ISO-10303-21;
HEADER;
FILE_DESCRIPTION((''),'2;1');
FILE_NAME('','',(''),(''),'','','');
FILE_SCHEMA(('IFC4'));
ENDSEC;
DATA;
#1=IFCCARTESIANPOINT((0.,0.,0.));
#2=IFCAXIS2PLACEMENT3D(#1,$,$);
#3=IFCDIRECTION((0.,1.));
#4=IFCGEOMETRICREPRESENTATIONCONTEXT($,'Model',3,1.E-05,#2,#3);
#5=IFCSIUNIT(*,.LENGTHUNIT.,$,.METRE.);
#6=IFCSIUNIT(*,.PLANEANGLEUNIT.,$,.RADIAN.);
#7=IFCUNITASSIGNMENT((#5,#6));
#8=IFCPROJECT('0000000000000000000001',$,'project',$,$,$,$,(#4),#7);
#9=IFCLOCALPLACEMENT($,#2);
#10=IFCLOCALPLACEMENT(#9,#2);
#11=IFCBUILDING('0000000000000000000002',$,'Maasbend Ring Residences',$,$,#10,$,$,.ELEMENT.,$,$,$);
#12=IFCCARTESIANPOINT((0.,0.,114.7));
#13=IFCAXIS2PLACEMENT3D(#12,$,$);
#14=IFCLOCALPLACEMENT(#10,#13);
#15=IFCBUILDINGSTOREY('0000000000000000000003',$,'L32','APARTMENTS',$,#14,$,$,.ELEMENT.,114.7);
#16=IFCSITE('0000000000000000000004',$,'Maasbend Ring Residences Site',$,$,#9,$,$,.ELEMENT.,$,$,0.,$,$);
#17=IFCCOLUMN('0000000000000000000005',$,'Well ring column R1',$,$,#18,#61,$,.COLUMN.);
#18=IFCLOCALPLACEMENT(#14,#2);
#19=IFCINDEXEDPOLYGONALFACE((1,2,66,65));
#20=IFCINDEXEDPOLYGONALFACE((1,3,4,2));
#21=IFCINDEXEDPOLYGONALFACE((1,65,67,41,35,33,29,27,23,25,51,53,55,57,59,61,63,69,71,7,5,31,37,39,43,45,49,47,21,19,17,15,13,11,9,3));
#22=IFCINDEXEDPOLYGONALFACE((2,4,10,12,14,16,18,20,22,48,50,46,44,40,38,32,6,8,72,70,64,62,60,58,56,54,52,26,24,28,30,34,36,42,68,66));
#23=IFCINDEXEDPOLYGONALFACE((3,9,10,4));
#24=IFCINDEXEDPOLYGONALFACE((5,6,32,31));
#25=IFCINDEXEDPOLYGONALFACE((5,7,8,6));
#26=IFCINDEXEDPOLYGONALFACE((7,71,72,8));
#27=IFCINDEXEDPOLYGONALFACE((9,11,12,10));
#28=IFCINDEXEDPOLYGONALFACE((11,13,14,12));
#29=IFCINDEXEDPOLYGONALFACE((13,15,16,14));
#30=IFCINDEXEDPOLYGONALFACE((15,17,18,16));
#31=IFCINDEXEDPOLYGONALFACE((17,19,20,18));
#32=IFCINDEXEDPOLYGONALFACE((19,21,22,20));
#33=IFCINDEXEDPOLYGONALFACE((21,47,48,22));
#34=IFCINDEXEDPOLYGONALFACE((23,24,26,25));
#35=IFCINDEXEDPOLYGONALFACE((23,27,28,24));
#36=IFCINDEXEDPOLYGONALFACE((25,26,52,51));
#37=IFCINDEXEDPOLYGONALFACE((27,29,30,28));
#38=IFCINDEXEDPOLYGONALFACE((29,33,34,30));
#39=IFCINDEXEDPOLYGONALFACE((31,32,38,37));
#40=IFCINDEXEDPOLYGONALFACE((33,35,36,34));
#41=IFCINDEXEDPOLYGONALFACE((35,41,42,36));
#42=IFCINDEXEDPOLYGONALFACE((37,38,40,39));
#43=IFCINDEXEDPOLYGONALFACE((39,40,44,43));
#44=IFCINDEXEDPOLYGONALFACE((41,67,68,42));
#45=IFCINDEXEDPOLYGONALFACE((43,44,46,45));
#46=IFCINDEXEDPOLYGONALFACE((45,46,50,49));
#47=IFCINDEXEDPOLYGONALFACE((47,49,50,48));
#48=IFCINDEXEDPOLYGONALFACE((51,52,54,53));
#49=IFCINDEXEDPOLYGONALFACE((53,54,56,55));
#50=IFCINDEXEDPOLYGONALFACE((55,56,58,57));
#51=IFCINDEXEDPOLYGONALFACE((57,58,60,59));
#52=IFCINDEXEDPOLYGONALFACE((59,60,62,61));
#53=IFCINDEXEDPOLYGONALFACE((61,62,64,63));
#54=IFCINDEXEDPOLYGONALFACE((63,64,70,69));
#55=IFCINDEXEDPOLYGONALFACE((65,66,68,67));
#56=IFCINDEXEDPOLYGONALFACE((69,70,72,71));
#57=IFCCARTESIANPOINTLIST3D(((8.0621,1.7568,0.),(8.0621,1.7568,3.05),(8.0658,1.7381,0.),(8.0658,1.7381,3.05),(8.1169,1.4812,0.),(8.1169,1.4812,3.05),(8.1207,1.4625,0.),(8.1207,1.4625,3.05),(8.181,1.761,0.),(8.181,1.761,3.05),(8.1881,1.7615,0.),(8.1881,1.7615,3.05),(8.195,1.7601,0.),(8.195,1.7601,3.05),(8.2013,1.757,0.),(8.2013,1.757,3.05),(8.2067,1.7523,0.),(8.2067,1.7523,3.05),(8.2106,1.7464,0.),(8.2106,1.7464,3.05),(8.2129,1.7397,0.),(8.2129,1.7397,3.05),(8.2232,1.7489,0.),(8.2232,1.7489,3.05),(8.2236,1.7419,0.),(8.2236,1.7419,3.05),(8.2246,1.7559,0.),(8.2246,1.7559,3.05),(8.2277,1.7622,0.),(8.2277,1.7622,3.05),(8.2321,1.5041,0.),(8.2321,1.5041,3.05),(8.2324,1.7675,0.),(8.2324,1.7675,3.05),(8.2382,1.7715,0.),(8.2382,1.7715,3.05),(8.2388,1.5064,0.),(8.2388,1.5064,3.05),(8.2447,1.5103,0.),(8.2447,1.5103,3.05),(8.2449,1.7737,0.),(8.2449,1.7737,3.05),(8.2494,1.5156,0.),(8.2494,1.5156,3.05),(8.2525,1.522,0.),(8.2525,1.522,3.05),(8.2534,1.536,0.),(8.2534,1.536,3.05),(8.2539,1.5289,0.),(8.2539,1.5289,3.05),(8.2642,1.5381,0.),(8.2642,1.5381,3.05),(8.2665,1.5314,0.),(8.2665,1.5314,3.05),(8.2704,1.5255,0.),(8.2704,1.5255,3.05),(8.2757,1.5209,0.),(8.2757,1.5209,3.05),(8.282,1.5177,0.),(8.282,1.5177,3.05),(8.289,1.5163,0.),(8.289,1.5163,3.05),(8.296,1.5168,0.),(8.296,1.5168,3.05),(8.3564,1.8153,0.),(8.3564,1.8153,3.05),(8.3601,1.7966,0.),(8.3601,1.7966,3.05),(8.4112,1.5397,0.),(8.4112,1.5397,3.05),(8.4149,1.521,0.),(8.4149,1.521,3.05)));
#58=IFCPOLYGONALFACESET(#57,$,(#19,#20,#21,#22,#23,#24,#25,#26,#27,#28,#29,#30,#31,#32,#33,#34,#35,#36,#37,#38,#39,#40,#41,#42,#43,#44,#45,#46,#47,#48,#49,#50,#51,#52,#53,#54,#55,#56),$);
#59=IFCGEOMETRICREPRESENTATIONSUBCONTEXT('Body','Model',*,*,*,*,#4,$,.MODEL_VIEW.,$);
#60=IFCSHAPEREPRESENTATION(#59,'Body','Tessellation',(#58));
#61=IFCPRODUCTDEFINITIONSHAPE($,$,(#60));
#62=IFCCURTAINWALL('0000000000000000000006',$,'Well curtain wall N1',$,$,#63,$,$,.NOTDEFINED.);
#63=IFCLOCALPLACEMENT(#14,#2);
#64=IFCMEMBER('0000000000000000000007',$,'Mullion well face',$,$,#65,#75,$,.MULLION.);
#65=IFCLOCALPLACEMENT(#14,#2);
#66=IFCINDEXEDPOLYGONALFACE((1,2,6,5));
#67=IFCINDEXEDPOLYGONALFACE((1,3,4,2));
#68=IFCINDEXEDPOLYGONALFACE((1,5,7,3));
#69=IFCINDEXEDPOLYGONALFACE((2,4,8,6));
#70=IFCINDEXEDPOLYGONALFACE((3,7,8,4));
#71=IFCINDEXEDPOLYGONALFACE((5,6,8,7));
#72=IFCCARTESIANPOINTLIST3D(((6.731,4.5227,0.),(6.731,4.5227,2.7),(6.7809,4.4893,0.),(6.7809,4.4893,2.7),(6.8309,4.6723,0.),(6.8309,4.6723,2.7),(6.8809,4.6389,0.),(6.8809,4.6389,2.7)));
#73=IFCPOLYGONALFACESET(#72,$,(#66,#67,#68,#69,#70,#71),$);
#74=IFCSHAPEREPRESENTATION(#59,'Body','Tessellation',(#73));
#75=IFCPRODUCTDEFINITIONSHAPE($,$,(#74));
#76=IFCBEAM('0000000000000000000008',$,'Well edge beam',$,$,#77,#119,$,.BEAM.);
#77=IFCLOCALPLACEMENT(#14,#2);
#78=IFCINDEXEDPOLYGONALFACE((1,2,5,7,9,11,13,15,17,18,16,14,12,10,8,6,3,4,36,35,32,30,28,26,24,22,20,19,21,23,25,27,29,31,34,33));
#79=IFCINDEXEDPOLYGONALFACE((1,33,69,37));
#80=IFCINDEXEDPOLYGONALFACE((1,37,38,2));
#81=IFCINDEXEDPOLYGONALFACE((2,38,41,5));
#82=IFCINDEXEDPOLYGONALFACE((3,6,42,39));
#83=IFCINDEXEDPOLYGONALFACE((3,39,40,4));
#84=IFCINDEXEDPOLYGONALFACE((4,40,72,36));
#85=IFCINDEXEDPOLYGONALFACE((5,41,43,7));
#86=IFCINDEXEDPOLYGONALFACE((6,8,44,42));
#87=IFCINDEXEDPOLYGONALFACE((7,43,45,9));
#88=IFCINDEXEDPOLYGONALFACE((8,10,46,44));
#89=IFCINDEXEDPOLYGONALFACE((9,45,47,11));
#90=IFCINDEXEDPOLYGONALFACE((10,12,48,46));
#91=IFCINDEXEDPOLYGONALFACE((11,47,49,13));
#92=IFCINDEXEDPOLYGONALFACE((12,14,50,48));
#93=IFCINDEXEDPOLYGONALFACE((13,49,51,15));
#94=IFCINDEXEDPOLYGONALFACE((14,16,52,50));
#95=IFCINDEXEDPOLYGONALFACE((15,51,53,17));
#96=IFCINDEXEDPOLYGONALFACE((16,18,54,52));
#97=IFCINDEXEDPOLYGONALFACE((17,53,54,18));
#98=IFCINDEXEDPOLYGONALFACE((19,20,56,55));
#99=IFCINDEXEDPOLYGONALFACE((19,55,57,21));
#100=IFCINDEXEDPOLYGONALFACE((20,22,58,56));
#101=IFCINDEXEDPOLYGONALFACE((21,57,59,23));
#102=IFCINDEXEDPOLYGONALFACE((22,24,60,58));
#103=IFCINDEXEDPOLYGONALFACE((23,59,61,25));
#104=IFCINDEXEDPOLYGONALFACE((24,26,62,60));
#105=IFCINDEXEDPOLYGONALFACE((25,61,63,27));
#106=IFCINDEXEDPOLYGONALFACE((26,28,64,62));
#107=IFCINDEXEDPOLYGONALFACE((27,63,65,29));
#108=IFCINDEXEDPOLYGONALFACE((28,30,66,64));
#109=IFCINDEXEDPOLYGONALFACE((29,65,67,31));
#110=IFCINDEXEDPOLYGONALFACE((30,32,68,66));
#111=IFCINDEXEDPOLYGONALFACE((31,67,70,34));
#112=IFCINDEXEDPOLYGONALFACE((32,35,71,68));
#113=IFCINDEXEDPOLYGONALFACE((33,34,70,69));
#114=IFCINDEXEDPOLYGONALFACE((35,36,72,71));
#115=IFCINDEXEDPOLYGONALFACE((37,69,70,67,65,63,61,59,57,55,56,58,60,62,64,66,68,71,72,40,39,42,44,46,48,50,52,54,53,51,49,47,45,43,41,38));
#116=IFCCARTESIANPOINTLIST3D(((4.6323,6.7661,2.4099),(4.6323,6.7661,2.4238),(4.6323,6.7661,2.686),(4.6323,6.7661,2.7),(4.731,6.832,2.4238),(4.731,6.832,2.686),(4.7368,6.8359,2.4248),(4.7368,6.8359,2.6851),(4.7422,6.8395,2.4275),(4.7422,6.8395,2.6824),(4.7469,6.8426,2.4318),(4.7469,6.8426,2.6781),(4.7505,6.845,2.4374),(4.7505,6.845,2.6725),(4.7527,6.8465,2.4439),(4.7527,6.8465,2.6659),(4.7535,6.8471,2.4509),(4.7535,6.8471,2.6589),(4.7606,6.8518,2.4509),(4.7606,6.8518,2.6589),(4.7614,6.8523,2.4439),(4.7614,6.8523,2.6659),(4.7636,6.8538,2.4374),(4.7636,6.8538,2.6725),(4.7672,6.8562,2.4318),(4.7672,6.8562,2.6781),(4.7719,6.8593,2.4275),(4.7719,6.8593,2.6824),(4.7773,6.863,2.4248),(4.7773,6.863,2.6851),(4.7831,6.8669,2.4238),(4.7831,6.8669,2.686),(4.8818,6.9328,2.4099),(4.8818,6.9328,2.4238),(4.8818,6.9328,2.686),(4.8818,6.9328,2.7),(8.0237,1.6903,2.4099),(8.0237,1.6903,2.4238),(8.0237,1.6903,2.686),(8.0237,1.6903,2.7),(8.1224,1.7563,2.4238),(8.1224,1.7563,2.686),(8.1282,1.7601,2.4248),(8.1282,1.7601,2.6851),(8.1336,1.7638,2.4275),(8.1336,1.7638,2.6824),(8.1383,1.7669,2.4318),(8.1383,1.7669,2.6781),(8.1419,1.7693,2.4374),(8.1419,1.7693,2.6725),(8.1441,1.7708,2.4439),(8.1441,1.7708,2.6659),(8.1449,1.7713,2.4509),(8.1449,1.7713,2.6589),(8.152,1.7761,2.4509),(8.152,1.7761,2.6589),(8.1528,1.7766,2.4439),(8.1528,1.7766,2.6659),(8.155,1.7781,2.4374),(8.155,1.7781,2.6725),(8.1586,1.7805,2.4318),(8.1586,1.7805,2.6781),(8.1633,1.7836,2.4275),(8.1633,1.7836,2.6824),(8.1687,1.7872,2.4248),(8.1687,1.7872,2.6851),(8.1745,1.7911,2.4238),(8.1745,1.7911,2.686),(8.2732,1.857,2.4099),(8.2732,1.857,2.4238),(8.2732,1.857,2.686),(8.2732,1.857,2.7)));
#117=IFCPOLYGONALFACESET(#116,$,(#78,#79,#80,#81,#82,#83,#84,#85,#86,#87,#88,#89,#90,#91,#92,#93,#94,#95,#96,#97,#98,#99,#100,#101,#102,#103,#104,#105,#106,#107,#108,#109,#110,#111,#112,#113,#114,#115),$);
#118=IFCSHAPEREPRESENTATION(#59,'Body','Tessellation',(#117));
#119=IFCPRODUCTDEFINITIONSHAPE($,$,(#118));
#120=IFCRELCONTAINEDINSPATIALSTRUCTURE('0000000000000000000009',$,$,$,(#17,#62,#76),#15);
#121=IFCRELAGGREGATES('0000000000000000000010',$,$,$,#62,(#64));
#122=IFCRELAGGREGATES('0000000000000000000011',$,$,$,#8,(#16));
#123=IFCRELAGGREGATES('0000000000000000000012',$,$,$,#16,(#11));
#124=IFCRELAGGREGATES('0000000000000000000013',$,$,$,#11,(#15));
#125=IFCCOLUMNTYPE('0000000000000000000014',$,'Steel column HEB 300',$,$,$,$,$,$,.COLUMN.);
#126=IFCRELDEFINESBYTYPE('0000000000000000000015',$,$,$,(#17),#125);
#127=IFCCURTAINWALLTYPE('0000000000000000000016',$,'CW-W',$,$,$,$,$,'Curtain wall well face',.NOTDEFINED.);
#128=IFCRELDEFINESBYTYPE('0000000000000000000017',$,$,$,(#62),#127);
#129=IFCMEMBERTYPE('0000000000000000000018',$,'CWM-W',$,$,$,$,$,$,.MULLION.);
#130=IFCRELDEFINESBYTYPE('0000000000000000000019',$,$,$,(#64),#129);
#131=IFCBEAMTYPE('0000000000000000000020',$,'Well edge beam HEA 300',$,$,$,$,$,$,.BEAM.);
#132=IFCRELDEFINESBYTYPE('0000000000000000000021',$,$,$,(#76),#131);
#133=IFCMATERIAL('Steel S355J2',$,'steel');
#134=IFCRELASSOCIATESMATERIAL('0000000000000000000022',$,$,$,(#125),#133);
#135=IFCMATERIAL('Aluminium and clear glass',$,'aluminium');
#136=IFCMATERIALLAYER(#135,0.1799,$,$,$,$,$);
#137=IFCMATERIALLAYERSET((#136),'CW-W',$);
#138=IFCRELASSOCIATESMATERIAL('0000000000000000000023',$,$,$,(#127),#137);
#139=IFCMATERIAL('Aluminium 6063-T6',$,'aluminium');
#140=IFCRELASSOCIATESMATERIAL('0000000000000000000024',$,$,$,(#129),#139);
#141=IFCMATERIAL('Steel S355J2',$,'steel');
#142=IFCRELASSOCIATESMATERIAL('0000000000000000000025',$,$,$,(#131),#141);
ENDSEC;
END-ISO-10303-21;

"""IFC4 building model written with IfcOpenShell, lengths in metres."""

from ifc_helpers import new_model, si_unit, direction, frame, origin, origin_2d, place, context, subcontext, project, spatial, rectangle, i_section, extrude, material, layer, layer_set, material_profile, profile_set, type_object, element, aggregate, save


model = new_model("IFC4")

# Units and contexts
model_context = context("Model", 3, precision=1e-05, world=origin(), true_north=direction((0.0, 1.0)))
body_context = subcontext(model_context, "Body", "Model", "MODEL_VIEW")
ifc_project = project(units=[si_unit("LENGTHUNIT", "METRE"), si_unit("PLANEANGLEUNIT", "RADIAN")], contexts=[model_context])

# Site, building, storey
site_placement = place(None, origin())
site = spatial("IfcSite", under=ifc_project, at=site_placement, Name="Maasbend Ring Residences Site", CompositionType="ELEMENT", RefElevation=0.0)
building_placement = place(site_placement, origin())
building = spatial("IfcBuilding", under=site, at=building_placement, Name="Maasbend Ring Residences", CompositionType="ELEMENT")
storey_placement = place(building_placement, frame((0.0, 0.0, 114.7)))
storey = spatial("IfcBuildingStorey", under=building, at=storey_placement, Name="L32", Description="APARTMENTS", CompositionType="ELEMENT", Elevation=114.7)

# Column
ifc_material_1 = material(Name="Steel S355J2", Category="steel")
ifc_material_profile_1 = material_profile(ifc_material_1, i_section(OverallWidth=0.3, OverallDepth=0.3, WebThickness=0.011, FlangeThickness=0.019, FilletRadius=0.0271, at=origin_2d()), Name="HEB 300")
ifc_profile_set_1 = profile_set([ifc_material_profile_1], Name="Steel S355J2")
column_type = type_object("IfcColumnType", Name="Steel column HEB 300", PredefinedType="COLUMN", material=ifc_profile_set_1)
column_placement = place(storey_placement, frame((8.2385, 1.6389, 0.0), z_axis=(0.0, 0.0, 1.0), x_axis=(0.980785, 0.19509, 0.0)))
element("IfcColumn", 1, at=column_placement, inside=storey, type_object=column_type, Name="Well ring column R1", PredefinedType="COLUMN", context=body_context, shape_type="SweptSolid", body=[
    extrude(i_section(OverallWidth=0.3, OverallDepth=0.3, WebThickness=0.011, FlangeThickness=0.019, FilletRadius=0.0271, at=origin_2d()), origin(), (0.0, 0.0, 1.0), 3.05),
])

# Curtain wall, member
ifc_material_2 = material(Name="Aluminium and clear glass", Category="aluminium")
ifc_layer_1 = layer(ifc_material_2, 0.1799)
ifc_layer_set_1 = layer_set([ifc_layer_1], Name="CW-W")
curtain_wall_type = type_object("IfcCurtainWallType", Name="CW-W", ElementType="Curtain wall well face", PredefinedType="NOTDEFINED", material=ifc_layer_set_1)
curtain_wall_placement = place(storey_placement, origin())
curtain_wall = element("IfcCurtainWall", 2, at=curtain_wall_placement, inside=storey, type_object=curtain_wall_type, Name="Well curtain wall N1", PredefinedType="NOTDEFINED")
ifc_material_3 = material(Name="Aluminium 6063-T6", Category="aluminium")
ifc_material_profile_2 = material_profile(ifc_material_3, rectangle(XDim=0.1799, YDim=0.0601, at=origin_2d()), Name="AL 180x60")
ifc_profile_set_2 = profile_set([ifc_material_profile_2], Name="Aluminium 6063-T6")
member_type = type_object("IfcMemberType", Name="CWM-W", PredefinedType="MULLION", material=ifc_profile_set_2)
member_placement = place(storey_placement, frame((6.8059, 4.5808, 0.0), z_axis=(0.0, 0.0, 1.0), x_axis=(-0.55557, -0.83147, 0.0)))
member = element("IfcMember", 3, at=member_placement, type_object=member_type, Name="Mullion well face", PredefinedType="MULLION", context=body_context, shape_type="SweptSolid", body=[
    extrude(rectangle(XDim=0.1799, YDim=0.0601, at=origin_2d()), origin(), (0.0, 0.0, 1.0), 2.7),
])
aggregate(curtain_wall, [member])

# Beam
ifc_material_4 = material(Name="Steel S355J2", Category="steel")
ifc_material_profile_3 = material_profile(ifc_material_4, i_section(OverallWidth=0.3, OverallDepth=0.29, WebThickness=0.0085, FlangeThickness=0.0139, FilletRadius=0.0271, at=origin_2d()), Name="HEA 300")
ifc_profile_set_3 = profile_set([ifc_material_profile_3], Name="Steel S355J2")
beam_type = type_object("IfcBeamType", Name="Well edge beam HEA 300", PredefinedType="BEAM", material=ifc_profile_set_3)
beam_placement = place(storey_placement, frame((8.1484, 1.7737, 2.5549), z_axis=(-0.555558, 0.831478, 0.0), x_axis=(-0.831478, -0.555558, 0.0)))
element("IfcBeam", 4, at=beam_placement, inside=storey, type_object=beam_type, Name="Well edge beam", PredefinedType="BEAM", context=body_context, shape_type="SweptSolid", body=[
    extrude(i_section(OverallWidth=0.3, OverallDepth=0.29, WebThickness=0.0085, FlangeThickness=0.0139, FilletRadius=0.0271, at=origin_2d()), origin(), (0.0, 0.0, 1.0), 6.1045),
])

save(model, "model.ifc")
